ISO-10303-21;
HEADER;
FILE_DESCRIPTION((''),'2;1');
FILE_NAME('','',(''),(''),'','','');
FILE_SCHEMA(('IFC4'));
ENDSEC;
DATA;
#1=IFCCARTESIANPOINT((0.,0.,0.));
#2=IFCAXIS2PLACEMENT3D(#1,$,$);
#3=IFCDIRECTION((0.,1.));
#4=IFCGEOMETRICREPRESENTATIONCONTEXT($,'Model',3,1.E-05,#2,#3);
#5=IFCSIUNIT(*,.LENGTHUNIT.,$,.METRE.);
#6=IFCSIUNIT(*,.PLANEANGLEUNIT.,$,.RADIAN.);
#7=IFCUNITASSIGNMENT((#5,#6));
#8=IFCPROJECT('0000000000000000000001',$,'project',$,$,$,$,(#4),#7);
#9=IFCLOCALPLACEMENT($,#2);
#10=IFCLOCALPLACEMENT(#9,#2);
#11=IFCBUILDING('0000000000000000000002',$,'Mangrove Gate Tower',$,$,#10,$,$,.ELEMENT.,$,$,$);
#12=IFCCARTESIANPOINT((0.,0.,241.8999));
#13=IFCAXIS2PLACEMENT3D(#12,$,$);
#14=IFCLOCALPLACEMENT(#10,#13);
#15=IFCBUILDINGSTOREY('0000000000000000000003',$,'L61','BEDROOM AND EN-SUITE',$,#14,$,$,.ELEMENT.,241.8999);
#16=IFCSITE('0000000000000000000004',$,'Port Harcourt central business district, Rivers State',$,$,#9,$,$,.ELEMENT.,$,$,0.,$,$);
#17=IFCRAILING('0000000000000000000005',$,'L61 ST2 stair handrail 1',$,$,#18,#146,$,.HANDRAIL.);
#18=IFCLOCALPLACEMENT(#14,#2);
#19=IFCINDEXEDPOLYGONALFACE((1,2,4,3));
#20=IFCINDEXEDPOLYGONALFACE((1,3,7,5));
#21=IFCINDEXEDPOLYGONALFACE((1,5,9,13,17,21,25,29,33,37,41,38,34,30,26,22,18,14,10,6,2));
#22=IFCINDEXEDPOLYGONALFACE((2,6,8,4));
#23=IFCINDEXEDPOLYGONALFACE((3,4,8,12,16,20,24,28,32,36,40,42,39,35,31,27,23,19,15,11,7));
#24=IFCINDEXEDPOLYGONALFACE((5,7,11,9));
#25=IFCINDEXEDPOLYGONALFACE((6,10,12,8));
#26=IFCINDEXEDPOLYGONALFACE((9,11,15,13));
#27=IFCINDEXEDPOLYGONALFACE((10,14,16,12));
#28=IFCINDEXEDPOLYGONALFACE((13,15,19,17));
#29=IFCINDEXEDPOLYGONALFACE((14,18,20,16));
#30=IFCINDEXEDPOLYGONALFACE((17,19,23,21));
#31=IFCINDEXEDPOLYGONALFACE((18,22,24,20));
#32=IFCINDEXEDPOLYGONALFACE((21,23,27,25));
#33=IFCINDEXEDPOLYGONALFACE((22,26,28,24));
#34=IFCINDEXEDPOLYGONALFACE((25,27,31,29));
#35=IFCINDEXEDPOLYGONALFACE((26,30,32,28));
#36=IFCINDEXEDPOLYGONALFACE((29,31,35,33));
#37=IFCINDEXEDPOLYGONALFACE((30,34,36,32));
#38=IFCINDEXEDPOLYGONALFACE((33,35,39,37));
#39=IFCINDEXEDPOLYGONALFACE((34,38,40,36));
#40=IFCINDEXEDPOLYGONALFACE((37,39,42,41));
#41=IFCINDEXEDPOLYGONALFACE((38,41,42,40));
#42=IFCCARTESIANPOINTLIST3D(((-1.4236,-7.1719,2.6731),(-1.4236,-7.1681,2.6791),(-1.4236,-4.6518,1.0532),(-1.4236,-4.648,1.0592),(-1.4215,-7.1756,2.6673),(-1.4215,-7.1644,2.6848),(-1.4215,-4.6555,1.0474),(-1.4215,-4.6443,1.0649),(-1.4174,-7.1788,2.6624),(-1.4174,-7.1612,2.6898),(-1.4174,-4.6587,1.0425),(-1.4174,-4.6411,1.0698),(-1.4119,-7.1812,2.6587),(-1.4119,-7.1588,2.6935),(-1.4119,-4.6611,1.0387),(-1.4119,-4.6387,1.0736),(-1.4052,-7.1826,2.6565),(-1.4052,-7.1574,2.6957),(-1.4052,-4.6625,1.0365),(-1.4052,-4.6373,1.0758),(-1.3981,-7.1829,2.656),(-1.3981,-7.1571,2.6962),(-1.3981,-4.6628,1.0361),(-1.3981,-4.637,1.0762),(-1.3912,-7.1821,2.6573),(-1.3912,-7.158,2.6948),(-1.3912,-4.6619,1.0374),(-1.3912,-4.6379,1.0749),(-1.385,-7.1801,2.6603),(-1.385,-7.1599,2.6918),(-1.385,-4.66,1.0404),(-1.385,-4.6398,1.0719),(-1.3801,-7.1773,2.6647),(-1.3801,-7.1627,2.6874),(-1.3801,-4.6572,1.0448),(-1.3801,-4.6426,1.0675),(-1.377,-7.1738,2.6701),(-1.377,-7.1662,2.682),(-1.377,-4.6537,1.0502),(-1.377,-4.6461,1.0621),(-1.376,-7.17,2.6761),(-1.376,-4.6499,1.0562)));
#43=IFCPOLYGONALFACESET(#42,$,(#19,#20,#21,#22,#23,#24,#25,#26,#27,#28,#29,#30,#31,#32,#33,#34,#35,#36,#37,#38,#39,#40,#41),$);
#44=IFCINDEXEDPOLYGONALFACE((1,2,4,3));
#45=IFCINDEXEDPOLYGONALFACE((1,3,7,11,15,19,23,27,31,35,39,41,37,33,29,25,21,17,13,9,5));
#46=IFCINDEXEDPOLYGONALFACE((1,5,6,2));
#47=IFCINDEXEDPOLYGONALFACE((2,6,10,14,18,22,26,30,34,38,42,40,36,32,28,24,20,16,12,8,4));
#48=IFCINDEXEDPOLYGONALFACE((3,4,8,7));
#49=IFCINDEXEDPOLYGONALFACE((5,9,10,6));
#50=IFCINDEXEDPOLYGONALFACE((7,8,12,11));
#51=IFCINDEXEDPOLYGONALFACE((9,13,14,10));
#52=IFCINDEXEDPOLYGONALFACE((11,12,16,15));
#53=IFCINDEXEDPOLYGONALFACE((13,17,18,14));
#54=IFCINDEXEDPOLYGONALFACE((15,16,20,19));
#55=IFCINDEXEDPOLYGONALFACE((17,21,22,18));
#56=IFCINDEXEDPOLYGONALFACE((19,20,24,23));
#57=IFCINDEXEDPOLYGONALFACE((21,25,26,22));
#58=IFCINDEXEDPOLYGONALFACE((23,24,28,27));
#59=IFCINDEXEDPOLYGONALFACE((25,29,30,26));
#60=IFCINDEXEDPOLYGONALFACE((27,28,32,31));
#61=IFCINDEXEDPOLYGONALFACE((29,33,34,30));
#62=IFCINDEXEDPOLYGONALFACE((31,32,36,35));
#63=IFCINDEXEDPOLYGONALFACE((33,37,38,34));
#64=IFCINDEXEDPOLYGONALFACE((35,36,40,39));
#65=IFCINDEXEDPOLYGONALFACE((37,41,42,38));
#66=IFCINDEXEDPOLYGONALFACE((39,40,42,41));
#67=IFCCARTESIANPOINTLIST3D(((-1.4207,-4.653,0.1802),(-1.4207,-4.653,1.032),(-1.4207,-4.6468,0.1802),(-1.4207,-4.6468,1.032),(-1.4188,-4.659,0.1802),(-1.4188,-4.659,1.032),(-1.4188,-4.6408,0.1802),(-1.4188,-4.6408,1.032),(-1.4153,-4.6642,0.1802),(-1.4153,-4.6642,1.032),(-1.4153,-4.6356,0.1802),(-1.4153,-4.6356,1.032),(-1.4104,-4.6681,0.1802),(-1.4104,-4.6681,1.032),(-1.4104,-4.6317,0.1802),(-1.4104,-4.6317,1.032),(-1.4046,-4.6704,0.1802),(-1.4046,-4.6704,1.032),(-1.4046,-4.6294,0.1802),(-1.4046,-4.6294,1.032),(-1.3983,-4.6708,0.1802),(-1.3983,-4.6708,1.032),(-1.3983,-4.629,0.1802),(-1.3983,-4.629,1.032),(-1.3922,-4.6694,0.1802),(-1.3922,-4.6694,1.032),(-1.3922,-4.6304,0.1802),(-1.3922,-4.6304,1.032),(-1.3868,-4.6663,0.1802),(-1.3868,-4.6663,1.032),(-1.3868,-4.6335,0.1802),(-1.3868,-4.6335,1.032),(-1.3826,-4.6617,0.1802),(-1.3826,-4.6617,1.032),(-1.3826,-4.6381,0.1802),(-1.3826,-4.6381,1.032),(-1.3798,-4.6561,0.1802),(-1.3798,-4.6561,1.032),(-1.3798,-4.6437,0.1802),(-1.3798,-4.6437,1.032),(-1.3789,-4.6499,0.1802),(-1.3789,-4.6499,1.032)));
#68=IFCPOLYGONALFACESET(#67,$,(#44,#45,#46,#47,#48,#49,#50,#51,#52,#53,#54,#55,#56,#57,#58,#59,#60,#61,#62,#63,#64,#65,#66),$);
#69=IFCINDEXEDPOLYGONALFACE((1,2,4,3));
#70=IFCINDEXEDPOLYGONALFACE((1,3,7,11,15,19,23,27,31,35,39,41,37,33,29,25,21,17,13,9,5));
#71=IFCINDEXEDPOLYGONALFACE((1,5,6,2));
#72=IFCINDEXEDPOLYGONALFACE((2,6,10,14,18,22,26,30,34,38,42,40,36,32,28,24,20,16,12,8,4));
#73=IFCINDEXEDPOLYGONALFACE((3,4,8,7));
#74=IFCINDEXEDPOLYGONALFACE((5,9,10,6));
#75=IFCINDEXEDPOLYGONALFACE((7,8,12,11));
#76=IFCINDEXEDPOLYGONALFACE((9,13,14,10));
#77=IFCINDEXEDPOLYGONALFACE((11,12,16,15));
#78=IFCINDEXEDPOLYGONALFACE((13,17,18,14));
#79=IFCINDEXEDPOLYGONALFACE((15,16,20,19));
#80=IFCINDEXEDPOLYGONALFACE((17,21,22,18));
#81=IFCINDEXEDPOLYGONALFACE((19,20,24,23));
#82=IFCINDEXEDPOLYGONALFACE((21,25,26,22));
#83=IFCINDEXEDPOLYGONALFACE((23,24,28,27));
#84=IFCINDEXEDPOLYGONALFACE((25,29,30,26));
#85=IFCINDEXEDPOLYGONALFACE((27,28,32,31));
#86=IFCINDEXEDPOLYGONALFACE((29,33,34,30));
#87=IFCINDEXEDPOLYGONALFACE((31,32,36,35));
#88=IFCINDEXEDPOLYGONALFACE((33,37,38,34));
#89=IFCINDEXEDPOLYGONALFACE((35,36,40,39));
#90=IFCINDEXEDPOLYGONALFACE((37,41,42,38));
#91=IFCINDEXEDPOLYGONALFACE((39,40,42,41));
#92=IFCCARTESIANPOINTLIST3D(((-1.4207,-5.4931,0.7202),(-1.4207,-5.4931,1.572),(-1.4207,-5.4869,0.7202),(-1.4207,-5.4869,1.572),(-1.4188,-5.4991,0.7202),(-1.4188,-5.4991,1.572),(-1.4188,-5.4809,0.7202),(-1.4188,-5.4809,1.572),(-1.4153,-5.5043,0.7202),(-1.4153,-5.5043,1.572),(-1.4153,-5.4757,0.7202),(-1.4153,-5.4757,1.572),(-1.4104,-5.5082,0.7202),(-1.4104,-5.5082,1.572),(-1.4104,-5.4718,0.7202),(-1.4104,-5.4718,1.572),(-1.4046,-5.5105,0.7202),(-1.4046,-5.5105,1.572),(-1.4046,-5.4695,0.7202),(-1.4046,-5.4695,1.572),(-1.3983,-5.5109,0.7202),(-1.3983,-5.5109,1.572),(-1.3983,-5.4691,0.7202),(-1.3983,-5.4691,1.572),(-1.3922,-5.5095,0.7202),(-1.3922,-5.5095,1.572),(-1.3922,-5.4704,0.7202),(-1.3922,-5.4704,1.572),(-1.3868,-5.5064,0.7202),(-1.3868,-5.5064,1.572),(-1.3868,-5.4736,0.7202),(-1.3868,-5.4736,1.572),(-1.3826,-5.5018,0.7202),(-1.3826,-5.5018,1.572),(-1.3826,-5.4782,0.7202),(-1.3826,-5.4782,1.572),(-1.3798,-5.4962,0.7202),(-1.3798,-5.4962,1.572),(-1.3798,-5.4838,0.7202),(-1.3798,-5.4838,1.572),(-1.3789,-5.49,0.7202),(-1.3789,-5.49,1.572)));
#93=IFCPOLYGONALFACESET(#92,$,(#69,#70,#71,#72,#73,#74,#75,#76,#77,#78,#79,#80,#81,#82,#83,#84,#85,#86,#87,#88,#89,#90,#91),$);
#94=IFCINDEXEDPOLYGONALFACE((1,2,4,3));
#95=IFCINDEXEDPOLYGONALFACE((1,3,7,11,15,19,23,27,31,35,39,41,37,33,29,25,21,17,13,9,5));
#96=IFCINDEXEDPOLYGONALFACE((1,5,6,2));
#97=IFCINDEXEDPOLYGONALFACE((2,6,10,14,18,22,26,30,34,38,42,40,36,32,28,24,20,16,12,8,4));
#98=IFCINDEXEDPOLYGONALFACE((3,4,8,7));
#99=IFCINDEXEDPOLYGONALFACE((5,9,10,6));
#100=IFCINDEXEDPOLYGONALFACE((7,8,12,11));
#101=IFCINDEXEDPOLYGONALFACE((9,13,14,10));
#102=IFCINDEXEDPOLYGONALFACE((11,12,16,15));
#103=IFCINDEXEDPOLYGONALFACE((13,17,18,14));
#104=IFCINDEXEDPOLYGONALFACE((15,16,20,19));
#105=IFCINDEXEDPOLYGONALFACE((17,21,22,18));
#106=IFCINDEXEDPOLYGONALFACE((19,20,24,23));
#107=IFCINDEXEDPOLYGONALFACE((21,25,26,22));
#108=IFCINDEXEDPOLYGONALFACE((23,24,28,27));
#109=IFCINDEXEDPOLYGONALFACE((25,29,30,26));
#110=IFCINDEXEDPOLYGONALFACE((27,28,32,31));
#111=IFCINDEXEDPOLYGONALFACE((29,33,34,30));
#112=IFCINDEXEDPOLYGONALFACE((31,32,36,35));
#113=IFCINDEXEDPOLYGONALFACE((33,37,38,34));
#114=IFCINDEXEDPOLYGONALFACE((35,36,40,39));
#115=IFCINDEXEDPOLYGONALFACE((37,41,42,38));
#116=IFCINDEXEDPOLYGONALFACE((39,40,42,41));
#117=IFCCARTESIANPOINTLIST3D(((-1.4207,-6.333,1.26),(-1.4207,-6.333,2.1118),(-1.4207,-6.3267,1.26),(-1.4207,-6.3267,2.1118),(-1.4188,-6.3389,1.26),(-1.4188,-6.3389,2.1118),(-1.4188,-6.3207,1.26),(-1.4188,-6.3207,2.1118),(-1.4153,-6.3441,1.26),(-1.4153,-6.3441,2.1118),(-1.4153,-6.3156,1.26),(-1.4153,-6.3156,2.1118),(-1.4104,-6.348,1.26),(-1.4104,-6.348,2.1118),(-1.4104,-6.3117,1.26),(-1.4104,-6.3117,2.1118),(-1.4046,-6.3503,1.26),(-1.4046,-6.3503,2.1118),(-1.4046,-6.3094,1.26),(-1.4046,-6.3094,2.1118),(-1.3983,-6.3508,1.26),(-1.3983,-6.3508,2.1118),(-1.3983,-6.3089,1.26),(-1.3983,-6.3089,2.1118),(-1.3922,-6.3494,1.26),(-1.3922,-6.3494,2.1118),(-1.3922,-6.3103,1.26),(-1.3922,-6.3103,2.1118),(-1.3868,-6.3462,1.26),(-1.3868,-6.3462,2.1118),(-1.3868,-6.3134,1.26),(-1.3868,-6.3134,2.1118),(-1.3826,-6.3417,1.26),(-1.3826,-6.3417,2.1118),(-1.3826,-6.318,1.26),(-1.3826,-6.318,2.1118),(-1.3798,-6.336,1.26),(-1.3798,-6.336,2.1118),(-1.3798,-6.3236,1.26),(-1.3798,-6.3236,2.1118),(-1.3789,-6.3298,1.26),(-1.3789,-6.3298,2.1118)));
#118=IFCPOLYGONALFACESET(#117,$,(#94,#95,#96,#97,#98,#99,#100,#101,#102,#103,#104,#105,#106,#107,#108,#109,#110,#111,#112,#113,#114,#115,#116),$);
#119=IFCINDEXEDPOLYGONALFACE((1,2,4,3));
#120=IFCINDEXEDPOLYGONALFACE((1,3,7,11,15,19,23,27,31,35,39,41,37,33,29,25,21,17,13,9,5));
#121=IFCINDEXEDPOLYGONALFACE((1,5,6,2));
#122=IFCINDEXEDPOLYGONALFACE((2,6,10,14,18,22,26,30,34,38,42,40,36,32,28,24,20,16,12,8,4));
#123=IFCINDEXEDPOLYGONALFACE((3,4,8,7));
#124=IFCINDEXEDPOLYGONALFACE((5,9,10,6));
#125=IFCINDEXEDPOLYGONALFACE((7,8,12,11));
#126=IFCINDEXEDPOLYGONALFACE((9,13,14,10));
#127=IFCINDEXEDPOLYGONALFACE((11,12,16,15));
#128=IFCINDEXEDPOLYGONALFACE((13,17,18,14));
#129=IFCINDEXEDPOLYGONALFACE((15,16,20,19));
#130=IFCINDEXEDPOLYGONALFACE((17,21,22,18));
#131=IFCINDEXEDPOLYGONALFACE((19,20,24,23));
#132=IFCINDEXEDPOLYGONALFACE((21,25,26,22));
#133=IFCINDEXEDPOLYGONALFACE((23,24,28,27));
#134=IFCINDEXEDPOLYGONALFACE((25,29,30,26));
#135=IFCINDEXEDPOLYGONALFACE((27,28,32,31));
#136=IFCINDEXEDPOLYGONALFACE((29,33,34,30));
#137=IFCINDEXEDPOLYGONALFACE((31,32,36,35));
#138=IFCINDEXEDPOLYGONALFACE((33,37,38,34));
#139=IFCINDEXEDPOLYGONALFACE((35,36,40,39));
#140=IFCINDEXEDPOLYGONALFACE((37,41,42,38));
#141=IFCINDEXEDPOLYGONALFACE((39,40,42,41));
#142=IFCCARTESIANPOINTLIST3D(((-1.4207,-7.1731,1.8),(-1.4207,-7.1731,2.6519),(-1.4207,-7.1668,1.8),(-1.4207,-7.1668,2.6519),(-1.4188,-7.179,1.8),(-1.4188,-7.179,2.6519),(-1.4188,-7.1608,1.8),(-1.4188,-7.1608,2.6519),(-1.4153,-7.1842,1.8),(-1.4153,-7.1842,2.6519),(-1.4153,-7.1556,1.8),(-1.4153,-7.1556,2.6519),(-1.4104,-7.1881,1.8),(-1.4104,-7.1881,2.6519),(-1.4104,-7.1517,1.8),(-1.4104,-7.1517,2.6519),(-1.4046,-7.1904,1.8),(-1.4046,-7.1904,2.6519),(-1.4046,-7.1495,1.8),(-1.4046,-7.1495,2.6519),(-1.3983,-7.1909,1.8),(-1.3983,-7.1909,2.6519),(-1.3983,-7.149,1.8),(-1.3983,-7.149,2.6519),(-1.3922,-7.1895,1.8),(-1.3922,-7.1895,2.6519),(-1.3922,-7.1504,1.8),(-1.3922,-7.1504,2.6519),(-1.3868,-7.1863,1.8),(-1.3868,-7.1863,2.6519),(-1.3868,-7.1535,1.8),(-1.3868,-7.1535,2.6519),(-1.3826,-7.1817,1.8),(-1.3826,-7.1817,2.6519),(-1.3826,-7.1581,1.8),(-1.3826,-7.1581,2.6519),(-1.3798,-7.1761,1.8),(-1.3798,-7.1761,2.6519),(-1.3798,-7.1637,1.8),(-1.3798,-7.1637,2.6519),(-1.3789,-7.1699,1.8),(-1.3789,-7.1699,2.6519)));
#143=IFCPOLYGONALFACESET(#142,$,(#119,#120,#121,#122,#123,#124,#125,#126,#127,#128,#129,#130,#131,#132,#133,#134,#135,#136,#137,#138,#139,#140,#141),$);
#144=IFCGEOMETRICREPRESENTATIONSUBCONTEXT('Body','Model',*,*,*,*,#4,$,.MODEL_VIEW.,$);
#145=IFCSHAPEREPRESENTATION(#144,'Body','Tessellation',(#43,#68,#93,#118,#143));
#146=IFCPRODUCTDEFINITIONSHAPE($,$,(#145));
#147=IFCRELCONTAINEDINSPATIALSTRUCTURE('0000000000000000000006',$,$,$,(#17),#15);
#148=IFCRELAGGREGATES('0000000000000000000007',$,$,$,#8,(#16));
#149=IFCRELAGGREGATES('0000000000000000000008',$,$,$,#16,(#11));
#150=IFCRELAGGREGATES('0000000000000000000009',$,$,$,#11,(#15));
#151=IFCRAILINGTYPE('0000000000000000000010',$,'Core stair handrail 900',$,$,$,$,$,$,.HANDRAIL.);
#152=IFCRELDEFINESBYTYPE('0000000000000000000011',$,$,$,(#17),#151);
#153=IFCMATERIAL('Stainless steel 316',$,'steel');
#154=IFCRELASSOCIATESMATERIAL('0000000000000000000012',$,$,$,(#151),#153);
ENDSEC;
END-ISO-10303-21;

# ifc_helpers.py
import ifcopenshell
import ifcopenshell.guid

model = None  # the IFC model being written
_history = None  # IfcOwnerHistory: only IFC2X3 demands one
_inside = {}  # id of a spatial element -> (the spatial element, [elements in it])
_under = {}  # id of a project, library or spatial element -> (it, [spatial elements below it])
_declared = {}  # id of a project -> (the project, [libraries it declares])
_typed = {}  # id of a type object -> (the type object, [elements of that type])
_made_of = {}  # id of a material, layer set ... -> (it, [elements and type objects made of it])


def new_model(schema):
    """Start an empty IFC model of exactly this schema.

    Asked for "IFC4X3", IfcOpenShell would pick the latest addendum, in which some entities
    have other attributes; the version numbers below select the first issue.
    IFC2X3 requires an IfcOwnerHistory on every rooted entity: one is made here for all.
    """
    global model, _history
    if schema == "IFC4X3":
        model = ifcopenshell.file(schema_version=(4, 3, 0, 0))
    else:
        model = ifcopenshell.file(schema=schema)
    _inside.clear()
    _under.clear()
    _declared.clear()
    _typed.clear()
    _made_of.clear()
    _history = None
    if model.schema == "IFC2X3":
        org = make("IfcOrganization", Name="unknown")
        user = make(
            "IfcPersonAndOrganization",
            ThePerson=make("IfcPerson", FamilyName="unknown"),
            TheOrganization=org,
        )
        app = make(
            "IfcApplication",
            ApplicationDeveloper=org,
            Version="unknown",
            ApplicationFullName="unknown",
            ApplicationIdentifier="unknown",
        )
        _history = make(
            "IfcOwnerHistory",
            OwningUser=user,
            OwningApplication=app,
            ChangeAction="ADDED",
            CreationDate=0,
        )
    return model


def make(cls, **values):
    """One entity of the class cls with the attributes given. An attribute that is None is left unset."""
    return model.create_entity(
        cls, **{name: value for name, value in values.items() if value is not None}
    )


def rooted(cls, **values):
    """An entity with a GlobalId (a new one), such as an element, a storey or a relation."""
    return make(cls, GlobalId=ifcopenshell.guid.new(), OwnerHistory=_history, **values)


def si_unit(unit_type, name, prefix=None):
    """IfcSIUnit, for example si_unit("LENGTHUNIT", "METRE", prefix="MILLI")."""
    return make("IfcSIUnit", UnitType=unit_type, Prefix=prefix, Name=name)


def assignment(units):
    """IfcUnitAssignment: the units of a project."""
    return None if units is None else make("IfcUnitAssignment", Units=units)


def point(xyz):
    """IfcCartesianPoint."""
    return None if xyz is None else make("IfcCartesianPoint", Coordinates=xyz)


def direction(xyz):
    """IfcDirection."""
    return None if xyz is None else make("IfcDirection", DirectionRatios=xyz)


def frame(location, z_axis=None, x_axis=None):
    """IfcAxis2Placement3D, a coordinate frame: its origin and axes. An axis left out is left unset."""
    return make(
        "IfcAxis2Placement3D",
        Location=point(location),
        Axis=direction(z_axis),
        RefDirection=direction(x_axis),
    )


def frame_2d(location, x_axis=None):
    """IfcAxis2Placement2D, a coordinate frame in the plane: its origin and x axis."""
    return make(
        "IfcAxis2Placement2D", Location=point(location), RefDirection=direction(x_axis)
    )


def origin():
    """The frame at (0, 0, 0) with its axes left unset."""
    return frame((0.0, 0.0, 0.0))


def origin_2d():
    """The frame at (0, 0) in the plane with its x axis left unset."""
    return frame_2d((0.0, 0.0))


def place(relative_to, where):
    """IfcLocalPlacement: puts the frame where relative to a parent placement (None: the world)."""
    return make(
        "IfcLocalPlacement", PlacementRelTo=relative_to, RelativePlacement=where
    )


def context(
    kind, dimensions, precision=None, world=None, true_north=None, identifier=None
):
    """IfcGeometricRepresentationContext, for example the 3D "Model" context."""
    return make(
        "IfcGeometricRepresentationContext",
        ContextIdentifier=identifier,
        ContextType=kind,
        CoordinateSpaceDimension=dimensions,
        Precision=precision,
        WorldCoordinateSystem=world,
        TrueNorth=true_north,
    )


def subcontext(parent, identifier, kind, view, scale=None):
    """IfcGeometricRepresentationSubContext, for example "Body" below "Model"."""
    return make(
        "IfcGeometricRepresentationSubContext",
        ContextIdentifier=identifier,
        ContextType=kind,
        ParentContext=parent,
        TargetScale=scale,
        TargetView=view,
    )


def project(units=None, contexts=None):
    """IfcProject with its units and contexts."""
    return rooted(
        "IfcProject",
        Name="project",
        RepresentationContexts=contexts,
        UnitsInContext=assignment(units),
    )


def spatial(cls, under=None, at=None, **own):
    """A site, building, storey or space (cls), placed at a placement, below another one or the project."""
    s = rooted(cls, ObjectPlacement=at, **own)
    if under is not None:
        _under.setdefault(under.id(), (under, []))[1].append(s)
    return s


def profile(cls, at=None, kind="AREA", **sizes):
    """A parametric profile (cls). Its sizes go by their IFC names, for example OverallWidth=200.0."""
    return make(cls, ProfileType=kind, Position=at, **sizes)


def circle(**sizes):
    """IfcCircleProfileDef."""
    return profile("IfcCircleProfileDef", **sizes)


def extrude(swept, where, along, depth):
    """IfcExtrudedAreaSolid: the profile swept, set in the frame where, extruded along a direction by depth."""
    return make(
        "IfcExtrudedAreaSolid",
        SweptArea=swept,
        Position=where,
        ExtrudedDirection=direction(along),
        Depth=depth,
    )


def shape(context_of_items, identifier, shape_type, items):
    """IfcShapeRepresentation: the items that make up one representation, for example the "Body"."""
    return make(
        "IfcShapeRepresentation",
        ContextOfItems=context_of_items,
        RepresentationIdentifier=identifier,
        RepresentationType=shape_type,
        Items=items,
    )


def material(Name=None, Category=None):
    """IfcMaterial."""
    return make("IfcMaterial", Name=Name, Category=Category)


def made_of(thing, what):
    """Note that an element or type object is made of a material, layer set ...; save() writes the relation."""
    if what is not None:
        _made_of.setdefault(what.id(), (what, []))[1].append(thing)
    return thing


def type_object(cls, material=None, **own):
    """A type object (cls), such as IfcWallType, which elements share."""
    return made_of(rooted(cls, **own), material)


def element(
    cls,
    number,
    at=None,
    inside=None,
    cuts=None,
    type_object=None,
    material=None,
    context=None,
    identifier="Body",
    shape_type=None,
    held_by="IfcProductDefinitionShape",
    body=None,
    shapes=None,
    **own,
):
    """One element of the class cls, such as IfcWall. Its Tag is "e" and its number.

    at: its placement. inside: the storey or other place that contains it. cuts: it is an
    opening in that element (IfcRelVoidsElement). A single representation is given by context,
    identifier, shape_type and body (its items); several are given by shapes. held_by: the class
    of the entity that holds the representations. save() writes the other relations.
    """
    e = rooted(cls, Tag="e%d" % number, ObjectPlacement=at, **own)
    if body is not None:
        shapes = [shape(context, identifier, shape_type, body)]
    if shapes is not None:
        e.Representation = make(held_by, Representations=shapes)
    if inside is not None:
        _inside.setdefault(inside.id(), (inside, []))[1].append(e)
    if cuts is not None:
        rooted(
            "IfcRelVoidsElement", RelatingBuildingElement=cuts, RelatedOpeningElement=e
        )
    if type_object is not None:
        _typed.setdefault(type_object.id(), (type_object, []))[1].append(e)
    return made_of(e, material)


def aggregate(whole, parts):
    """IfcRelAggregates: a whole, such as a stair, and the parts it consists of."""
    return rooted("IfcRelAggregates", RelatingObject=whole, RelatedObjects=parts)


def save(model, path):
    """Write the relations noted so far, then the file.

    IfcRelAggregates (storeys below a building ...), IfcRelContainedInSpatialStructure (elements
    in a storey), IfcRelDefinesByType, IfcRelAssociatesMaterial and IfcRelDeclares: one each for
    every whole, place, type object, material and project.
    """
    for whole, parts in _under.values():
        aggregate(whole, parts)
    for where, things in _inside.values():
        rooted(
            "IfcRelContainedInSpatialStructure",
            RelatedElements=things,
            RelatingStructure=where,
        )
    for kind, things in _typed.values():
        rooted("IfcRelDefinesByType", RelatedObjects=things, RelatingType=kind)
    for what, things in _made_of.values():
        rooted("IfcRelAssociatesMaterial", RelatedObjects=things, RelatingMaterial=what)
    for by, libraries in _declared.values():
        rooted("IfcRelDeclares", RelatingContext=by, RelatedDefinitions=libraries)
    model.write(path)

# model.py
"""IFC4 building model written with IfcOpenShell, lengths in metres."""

from ifc_helpers import new_model, si_unit, direction, frame, origin, origin_2d, place, context, subcontext, project, spatial, circle, extrude, material, type_object, element, save


model = new_model("IFC4")

# Units and contexts
model_context = context("Model", 3, precision=1e-05, world=origin(), true_north=direction((0.0, 1.0)))
body_context = subcontext(model_context, "Body", "Model", "MODEL_VIEW")
ifc_project = project(units=[si_unit("LENGTHUNIT", "METRE"), si_unit("PLANEANGLEUNIT", "RADIAN")], contexts=[model_context])

# Site, building, storey
site_placement = place(None, origin())
site = spatial("IfcSite", under=ifc_project, at=site_placement, Name="Port Harcourt central business district, Rivers State", CompositionType="ELEMENT", RefElevation=0.0)
building_placement = place(site_placement, origin())
building = spatial("IfcBuilding", under=site, at=building_placement, Name="Mangrove Gate Tower", CompositionType="ELEMENT")
storey_placement = place(building_placement, frame((0.0, 0.0, 241.8999)))
storey = spatial("IfcBuildingStorey", under=building, at=storey_placement, Name="L61", Description="BEDROOM AND EN-SUITE", CompositionType="ELEMENT", Elevation=241.8999)

# Railing
ifc_material_1 = material(Name="Stainless steel 316", Category="steel")
railing_type_1 = type_object("IfcRailingType", Name="Core stair handrail 900", PredefinedType="HANDRAIL", material=ifc_material_1)
railing_1_placement = place(storey_placement, frame((-1.3999, -4.6499, 0.1802)))
element("IfcRailing", 1, at=railing_1_placement, inside=storey, type_object=railing_type_1, Name="L61 ST2 stair handrail 1", PredefinedType="HANDRAIL", context=body_context, shape_type="SweptSolid", body=[
    extrude(circle(Radius=0.0239, at=origin_2d()), frame((0.0, 0.0, 0.876), z_axis=(0.0, -0.8412, 0.540725), x_axis=(1.0, 0.0, 0.0)), (0.0, 0.0, 1.0), 2.9958),
    extrude(circle(Radius=0.021, at=origin_2d()), origin(), (0.0, 0.0, 1.0), 0.8518),
    extrude(circle(Radius=0.021, at=origin_2d()), frame((0.0, -0.8401, 0.54)), (0.0, 0.0, 1.0), 0.8518),
    extrude(circle(Radius=0.021, at=origin_2d()), frame((0.0, -1.6799, 1.0798)), (0.0, 0.0, 1.0), 0.8518),
    extrude(circle(Radius=0.021, at=origin_2d()), frame((0.0, -2.52, 1.6199)), (0.0, 0.0, 1.0), 0.8518),
])

save(model, "model.ifc")
